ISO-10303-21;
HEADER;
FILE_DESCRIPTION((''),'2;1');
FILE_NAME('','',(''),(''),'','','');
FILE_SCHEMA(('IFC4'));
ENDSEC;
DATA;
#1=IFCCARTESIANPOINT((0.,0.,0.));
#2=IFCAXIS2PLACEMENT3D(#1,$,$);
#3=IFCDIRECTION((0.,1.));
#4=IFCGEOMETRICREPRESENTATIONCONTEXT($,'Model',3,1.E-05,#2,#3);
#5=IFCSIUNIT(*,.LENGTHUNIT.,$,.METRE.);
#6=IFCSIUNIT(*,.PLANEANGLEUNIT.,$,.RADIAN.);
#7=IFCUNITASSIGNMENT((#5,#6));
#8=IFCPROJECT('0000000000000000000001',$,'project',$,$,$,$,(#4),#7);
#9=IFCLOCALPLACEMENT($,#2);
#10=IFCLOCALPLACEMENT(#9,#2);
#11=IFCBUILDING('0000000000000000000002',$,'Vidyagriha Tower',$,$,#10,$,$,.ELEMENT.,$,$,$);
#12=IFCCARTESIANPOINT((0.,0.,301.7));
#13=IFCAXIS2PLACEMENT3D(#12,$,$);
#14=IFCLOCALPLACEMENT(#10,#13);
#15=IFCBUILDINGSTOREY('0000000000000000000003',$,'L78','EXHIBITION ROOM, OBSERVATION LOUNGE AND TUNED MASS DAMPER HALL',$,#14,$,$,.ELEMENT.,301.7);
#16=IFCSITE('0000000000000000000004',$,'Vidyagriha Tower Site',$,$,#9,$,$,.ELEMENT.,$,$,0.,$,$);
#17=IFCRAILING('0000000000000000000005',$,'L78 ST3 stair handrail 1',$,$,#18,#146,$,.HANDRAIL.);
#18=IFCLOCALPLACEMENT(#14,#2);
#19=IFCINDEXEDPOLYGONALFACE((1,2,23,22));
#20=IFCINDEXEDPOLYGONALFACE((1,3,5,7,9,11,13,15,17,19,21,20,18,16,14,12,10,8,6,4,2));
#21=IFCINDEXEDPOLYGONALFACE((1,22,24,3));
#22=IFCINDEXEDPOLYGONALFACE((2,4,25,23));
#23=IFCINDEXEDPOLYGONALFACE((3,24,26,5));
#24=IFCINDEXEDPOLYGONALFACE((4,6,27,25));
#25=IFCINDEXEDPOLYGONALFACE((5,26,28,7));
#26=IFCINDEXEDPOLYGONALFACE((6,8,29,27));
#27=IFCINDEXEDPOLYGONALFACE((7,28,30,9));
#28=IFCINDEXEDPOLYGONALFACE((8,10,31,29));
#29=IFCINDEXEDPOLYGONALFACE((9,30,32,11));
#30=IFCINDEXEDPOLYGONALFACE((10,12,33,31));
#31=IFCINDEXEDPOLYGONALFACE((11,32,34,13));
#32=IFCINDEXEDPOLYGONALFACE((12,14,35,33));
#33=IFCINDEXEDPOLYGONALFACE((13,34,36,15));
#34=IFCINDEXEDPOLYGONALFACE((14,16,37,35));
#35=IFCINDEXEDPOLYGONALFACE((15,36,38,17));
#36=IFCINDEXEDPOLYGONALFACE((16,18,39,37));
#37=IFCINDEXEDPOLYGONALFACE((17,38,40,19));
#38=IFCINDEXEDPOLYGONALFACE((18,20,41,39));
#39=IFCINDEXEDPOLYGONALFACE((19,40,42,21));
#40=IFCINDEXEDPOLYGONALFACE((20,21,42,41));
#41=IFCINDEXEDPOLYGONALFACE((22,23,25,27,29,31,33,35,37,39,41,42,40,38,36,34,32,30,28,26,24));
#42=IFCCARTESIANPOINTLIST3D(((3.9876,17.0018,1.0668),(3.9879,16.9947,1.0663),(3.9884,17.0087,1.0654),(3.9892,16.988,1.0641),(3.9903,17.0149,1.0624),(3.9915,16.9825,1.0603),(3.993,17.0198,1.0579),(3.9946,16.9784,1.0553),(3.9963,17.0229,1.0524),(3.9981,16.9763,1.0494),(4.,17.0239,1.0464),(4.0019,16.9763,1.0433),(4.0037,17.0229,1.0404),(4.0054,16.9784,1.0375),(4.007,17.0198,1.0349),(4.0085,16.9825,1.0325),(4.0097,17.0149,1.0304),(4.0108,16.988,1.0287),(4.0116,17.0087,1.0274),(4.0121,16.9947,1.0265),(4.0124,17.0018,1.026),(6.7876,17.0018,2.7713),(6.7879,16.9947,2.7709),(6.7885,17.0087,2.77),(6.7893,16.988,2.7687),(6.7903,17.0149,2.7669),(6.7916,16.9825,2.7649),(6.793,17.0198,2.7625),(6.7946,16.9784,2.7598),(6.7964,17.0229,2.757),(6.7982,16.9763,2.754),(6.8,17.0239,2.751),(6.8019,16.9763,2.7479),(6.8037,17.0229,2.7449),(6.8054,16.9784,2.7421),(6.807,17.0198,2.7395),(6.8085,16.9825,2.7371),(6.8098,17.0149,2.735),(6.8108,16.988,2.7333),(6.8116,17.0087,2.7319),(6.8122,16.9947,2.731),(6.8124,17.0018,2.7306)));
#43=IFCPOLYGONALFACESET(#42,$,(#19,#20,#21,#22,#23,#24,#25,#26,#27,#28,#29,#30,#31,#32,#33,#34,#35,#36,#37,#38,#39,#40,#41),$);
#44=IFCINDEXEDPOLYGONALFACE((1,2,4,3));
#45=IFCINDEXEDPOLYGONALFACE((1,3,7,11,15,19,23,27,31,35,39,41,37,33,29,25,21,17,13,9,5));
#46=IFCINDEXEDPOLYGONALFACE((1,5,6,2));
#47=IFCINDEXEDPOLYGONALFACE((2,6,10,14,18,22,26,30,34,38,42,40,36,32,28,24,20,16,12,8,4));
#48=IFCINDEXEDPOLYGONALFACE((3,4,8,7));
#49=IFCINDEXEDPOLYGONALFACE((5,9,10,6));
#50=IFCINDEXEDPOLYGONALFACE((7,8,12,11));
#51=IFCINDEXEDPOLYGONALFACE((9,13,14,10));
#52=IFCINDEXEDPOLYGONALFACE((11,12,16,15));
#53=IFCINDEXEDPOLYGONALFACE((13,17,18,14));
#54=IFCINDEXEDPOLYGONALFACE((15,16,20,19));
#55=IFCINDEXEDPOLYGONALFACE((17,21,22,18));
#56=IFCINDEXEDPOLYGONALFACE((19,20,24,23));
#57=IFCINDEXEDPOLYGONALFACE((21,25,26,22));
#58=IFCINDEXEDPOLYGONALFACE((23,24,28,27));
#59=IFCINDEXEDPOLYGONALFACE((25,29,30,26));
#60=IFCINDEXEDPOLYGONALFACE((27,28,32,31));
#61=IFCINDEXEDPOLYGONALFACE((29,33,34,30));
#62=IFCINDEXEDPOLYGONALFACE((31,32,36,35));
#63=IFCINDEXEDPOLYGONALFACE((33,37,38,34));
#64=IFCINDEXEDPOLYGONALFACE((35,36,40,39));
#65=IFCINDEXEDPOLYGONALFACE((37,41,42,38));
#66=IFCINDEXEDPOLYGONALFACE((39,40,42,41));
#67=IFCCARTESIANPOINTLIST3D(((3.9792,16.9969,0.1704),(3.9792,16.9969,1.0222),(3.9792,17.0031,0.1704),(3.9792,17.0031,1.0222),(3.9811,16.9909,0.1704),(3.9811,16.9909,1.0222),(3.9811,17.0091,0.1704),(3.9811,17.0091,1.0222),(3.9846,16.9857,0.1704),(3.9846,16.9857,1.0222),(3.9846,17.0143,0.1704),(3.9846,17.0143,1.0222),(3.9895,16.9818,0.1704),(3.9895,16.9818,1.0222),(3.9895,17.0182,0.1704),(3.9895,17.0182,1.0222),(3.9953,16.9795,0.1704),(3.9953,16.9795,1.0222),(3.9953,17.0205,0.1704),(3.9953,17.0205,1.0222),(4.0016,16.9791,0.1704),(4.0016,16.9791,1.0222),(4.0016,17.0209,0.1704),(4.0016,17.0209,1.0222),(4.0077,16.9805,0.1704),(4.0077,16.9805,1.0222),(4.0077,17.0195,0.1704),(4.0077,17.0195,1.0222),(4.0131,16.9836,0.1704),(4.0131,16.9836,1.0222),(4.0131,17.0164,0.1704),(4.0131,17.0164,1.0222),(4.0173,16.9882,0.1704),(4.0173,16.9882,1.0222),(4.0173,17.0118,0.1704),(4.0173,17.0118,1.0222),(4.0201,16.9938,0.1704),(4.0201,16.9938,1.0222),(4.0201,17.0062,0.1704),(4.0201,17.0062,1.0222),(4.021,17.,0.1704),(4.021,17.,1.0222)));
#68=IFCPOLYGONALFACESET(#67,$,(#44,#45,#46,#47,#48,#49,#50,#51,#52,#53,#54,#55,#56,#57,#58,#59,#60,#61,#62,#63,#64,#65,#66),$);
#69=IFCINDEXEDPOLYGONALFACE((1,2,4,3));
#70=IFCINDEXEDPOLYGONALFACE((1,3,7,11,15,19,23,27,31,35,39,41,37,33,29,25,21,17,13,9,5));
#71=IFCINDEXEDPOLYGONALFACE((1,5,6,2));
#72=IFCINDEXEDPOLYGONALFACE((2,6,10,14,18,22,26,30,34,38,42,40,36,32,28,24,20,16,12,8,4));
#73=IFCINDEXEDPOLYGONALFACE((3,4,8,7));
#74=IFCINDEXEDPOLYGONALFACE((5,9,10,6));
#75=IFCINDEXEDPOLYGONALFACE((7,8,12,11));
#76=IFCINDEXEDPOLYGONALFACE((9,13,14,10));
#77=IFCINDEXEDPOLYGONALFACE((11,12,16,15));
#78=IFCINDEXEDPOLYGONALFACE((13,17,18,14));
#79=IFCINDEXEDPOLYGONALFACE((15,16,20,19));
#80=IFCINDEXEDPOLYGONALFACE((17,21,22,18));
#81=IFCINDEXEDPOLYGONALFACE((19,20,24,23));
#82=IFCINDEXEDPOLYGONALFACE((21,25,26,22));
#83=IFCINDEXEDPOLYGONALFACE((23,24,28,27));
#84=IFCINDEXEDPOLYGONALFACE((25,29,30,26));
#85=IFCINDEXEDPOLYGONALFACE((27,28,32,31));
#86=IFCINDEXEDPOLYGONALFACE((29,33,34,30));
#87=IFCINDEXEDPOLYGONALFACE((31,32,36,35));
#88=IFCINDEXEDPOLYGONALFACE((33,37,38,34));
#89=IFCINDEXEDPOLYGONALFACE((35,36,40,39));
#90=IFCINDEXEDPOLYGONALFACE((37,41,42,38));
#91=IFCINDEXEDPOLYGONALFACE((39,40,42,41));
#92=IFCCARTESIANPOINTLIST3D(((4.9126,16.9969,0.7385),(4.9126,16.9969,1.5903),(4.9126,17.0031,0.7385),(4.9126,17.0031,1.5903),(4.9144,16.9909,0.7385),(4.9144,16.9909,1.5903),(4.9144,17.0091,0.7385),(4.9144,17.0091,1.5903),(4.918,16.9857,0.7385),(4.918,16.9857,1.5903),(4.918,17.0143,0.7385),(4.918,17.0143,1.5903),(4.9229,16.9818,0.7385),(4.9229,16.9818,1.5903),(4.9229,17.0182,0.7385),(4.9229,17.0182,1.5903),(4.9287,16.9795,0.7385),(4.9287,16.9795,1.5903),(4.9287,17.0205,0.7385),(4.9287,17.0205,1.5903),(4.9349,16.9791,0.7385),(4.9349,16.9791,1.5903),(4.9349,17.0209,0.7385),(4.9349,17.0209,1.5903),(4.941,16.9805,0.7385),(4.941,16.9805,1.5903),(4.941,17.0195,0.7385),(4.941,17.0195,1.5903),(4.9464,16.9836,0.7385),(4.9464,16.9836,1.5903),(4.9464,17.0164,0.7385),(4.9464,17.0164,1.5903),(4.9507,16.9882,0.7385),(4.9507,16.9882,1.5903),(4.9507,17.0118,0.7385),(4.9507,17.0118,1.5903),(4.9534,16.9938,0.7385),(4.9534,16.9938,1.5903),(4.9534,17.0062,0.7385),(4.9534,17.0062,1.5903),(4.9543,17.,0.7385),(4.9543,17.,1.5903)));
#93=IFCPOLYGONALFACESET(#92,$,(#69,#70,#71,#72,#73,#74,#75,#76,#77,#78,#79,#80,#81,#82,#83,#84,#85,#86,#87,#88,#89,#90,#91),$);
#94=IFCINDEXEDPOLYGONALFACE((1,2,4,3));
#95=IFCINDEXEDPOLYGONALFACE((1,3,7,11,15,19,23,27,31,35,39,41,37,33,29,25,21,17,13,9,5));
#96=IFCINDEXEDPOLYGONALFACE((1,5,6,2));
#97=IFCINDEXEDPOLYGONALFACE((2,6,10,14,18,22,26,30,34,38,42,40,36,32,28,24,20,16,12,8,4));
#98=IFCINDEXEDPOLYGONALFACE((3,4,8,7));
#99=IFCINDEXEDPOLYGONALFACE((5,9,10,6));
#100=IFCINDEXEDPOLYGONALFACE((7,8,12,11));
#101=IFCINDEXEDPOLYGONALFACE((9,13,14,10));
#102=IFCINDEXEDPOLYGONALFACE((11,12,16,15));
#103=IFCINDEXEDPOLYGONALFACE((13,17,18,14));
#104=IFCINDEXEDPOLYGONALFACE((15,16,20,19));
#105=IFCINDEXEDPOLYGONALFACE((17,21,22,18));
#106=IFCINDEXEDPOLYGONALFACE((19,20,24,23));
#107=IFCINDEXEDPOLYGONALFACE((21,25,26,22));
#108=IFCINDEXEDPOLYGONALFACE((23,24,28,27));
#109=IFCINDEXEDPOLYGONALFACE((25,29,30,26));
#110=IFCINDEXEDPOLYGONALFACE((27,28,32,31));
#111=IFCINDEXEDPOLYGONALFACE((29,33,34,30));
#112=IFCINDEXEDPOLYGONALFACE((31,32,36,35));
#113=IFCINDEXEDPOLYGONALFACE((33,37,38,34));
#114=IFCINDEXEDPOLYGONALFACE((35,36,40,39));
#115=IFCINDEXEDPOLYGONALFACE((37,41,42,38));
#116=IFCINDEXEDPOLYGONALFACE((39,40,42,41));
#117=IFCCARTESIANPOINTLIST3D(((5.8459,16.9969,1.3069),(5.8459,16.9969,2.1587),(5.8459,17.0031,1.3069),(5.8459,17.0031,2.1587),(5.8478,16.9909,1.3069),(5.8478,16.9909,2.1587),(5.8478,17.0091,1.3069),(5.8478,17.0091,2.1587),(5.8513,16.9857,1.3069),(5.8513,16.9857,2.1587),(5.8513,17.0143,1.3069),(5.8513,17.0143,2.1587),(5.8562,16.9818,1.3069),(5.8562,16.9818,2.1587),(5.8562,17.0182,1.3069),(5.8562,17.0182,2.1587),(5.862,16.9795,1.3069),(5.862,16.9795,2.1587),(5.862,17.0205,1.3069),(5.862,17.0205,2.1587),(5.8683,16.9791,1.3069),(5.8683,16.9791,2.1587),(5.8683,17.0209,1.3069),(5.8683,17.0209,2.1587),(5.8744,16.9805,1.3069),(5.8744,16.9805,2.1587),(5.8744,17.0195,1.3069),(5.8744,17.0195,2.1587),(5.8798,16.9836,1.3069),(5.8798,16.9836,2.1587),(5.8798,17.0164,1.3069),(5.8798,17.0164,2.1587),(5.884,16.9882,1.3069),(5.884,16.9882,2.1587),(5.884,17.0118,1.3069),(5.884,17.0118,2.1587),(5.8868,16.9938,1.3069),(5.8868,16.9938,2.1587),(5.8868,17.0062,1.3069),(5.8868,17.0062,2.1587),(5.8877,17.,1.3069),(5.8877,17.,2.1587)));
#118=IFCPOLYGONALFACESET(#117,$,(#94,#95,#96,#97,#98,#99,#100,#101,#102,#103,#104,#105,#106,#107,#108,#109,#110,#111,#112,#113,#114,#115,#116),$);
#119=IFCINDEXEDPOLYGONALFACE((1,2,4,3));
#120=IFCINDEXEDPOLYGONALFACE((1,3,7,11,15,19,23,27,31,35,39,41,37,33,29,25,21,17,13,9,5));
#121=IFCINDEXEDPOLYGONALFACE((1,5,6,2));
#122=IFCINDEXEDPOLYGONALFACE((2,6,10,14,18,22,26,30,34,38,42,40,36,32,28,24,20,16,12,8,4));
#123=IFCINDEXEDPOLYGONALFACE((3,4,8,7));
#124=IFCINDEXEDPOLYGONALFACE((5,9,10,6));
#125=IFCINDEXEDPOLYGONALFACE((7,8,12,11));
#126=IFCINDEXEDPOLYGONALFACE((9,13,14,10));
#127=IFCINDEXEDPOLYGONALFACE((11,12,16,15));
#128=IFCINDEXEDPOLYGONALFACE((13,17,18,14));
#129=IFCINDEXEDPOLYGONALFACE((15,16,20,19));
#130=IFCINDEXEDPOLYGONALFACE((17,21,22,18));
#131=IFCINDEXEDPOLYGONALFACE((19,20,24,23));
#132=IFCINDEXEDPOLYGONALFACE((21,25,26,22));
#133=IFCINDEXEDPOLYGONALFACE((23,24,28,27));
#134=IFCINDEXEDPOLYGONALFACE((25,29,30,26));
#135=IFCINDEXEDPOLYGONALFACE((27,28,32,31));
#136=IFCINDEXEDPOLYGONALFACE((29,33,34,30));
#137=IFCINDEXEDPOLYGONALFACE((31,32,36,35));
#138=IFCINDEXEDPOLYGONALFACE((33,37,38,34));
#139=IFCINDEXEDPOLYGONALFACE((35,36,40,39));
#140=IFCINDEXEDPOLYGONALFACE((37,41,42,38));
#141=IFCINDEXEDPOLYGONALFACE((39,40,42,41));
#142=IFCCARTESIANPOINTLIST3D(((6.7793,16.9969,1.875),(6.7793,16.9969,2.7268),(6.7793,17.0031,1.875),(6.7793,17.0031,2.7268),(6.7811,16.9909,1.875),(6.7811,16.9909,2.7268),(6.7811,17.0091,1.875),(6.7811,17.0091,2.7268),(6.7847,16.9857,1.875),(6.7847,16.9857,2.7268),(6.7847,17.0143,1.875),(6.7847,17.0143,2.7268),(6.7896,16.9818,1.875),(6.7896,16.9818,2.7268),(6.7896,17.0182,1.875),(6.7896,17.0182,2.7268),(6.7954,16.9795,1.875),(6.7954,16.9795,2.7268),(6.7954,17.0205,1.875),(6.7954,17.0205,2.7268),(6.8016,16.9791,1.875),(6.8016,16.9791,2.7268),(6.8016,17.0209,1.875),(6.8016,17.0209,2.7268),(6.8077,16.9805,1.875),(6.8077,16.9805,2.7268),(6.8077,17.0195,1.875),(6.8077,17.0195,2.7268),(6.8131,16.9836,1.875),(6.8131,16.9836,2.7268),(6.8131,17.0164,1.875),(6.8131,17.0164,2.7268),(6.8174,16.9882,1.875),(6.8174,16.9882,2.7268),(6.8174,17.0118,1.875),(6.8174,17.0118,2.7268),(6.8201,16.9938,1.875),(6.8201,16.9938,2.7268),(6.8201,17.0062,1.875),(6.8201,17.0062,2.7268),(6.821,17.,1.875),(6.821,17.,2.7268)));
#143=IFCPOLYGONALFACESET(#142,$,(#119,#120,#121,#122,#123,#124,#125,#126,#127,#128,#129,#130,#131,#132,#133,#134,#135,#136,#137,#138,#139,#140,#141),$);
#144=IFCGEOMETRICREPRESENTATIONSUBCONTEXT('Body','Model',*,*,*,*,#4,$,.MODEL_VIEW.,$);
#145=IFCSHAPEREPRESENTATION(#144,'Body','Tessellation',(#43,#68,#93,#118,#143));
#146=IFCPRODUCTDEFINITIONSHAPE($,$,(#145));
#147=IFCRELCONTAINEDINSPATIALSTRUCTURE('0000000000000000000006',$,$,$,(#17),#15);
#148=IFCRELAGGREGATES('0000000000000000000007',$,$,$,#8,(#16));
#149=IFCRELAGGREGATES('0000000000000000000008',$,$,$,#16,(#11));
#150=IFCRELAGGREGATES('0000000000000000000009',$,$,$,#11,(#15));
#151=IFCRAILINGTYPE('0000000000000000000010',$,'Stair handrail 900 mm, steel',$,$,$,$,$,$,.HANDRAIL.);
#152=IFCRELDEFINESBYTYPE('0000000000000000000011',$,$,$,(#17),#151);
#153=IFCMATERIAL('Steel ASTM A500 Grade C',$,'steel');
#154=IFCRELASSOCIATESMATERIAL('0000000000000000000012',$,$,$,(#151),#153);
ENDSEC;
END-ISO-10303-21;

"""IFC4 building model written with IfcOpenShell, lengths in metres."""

from ifc_helpers import new_model, si_unit, direction, frame, origin, origin_2d, place, context, subcontext, project, spatial, circle, extrude, material, type_object, element, save


model = new_model("IFC4")

# Units and contexts
model_context = context("Model", 3, precision=1e-05, world=origin(), true_north=direction((0.0, 1.0)))
body_context = subcontext(model_context, "Body", "Model", "MODEL_VIEW")
ifc_project = project(units=[si_unit("LENGTHUNIT", "METRE"), si_unit("PLANEANGLEUNIT", "RADIAN")], contexts=[model_context])

# Site, building, storey
site_placement = place(None, origin())
site = spatial("IfcSite", under=ifc_project, at=site_placement, Name="Vidyagriha Tower Site", CompositionType="ELEMENT", RefElevation=0.0)
building_placement = place(site_placement, origin())
building = spatial("IfcBuilding", under=site, at=building_placement, Name="Vidyagriha Tower", CompositionType="ELEMENT")
storey_placement = place(building_placement, frame((0.0, 0.0, 301.7)))
storey = spatial("IfcBuildingStorey", under=building, at=storey_placement, Name="L78", Description="EXHIBITION ROOM, OBSERVATION LOUNGE AND TUNED MASS DAMPER HALL", CompositionType="ELEMENT", Elevation=301.7)

# Railing
ifc_material_1 = material(Name="Steel ASTM A500 Grade C", Category="steel")
railing_type_1 = type_object("IfcRailingType", Name="Stair handrail 900 mm, steel", PredefinedType="HANDRAIL", material=ifc_material_1)
for number, where, name in (
    (1, (4.0, 17.0, 0.1704), "L78 ST3 stair handrail 1"),
):
    element("IfcRailing", number, at=place(storey_placement, frame(where)), inside=storey, type_object=railing_type_1, Name=name, PredefinedType="HANDRAIL", context=body_context, shape_type="SweptSolid", body=[
        extrude(circle(Radius=0.0239, at=origin_2d()), frame((0.0, 0.0, 0.876), z_axis=(0.85417, 0.0, 0.519994), x_axis=(0.0, 1.0, 0.0)), (0.0, 0.0, 1.0), 3.2781),
        extrude(circle(Radius=0.021, at=origin_2d()), origin(), (0.0, 0.0, 1.0), 0.8518),
        extrude(circle(Radius=0.021, at=origin_2d()), frame((0.9333, 0.0, 0.5681)), (0.0, 0.0, 1.0), 0.8518),
        extrude(circle(Radius=0.021, at=origin_2d()), frame((1.8667, 0.0, 1.1365)), (0.0, 0.0, 1.0), 0.8518),
        extrude(circle(Radius=0.021, at=origin_2d()), frame((2.8, 0.0, 1.7046)), (0.0, 0.0, 1.0), 0.8518),
    ])

save(model, "model.ifc")
